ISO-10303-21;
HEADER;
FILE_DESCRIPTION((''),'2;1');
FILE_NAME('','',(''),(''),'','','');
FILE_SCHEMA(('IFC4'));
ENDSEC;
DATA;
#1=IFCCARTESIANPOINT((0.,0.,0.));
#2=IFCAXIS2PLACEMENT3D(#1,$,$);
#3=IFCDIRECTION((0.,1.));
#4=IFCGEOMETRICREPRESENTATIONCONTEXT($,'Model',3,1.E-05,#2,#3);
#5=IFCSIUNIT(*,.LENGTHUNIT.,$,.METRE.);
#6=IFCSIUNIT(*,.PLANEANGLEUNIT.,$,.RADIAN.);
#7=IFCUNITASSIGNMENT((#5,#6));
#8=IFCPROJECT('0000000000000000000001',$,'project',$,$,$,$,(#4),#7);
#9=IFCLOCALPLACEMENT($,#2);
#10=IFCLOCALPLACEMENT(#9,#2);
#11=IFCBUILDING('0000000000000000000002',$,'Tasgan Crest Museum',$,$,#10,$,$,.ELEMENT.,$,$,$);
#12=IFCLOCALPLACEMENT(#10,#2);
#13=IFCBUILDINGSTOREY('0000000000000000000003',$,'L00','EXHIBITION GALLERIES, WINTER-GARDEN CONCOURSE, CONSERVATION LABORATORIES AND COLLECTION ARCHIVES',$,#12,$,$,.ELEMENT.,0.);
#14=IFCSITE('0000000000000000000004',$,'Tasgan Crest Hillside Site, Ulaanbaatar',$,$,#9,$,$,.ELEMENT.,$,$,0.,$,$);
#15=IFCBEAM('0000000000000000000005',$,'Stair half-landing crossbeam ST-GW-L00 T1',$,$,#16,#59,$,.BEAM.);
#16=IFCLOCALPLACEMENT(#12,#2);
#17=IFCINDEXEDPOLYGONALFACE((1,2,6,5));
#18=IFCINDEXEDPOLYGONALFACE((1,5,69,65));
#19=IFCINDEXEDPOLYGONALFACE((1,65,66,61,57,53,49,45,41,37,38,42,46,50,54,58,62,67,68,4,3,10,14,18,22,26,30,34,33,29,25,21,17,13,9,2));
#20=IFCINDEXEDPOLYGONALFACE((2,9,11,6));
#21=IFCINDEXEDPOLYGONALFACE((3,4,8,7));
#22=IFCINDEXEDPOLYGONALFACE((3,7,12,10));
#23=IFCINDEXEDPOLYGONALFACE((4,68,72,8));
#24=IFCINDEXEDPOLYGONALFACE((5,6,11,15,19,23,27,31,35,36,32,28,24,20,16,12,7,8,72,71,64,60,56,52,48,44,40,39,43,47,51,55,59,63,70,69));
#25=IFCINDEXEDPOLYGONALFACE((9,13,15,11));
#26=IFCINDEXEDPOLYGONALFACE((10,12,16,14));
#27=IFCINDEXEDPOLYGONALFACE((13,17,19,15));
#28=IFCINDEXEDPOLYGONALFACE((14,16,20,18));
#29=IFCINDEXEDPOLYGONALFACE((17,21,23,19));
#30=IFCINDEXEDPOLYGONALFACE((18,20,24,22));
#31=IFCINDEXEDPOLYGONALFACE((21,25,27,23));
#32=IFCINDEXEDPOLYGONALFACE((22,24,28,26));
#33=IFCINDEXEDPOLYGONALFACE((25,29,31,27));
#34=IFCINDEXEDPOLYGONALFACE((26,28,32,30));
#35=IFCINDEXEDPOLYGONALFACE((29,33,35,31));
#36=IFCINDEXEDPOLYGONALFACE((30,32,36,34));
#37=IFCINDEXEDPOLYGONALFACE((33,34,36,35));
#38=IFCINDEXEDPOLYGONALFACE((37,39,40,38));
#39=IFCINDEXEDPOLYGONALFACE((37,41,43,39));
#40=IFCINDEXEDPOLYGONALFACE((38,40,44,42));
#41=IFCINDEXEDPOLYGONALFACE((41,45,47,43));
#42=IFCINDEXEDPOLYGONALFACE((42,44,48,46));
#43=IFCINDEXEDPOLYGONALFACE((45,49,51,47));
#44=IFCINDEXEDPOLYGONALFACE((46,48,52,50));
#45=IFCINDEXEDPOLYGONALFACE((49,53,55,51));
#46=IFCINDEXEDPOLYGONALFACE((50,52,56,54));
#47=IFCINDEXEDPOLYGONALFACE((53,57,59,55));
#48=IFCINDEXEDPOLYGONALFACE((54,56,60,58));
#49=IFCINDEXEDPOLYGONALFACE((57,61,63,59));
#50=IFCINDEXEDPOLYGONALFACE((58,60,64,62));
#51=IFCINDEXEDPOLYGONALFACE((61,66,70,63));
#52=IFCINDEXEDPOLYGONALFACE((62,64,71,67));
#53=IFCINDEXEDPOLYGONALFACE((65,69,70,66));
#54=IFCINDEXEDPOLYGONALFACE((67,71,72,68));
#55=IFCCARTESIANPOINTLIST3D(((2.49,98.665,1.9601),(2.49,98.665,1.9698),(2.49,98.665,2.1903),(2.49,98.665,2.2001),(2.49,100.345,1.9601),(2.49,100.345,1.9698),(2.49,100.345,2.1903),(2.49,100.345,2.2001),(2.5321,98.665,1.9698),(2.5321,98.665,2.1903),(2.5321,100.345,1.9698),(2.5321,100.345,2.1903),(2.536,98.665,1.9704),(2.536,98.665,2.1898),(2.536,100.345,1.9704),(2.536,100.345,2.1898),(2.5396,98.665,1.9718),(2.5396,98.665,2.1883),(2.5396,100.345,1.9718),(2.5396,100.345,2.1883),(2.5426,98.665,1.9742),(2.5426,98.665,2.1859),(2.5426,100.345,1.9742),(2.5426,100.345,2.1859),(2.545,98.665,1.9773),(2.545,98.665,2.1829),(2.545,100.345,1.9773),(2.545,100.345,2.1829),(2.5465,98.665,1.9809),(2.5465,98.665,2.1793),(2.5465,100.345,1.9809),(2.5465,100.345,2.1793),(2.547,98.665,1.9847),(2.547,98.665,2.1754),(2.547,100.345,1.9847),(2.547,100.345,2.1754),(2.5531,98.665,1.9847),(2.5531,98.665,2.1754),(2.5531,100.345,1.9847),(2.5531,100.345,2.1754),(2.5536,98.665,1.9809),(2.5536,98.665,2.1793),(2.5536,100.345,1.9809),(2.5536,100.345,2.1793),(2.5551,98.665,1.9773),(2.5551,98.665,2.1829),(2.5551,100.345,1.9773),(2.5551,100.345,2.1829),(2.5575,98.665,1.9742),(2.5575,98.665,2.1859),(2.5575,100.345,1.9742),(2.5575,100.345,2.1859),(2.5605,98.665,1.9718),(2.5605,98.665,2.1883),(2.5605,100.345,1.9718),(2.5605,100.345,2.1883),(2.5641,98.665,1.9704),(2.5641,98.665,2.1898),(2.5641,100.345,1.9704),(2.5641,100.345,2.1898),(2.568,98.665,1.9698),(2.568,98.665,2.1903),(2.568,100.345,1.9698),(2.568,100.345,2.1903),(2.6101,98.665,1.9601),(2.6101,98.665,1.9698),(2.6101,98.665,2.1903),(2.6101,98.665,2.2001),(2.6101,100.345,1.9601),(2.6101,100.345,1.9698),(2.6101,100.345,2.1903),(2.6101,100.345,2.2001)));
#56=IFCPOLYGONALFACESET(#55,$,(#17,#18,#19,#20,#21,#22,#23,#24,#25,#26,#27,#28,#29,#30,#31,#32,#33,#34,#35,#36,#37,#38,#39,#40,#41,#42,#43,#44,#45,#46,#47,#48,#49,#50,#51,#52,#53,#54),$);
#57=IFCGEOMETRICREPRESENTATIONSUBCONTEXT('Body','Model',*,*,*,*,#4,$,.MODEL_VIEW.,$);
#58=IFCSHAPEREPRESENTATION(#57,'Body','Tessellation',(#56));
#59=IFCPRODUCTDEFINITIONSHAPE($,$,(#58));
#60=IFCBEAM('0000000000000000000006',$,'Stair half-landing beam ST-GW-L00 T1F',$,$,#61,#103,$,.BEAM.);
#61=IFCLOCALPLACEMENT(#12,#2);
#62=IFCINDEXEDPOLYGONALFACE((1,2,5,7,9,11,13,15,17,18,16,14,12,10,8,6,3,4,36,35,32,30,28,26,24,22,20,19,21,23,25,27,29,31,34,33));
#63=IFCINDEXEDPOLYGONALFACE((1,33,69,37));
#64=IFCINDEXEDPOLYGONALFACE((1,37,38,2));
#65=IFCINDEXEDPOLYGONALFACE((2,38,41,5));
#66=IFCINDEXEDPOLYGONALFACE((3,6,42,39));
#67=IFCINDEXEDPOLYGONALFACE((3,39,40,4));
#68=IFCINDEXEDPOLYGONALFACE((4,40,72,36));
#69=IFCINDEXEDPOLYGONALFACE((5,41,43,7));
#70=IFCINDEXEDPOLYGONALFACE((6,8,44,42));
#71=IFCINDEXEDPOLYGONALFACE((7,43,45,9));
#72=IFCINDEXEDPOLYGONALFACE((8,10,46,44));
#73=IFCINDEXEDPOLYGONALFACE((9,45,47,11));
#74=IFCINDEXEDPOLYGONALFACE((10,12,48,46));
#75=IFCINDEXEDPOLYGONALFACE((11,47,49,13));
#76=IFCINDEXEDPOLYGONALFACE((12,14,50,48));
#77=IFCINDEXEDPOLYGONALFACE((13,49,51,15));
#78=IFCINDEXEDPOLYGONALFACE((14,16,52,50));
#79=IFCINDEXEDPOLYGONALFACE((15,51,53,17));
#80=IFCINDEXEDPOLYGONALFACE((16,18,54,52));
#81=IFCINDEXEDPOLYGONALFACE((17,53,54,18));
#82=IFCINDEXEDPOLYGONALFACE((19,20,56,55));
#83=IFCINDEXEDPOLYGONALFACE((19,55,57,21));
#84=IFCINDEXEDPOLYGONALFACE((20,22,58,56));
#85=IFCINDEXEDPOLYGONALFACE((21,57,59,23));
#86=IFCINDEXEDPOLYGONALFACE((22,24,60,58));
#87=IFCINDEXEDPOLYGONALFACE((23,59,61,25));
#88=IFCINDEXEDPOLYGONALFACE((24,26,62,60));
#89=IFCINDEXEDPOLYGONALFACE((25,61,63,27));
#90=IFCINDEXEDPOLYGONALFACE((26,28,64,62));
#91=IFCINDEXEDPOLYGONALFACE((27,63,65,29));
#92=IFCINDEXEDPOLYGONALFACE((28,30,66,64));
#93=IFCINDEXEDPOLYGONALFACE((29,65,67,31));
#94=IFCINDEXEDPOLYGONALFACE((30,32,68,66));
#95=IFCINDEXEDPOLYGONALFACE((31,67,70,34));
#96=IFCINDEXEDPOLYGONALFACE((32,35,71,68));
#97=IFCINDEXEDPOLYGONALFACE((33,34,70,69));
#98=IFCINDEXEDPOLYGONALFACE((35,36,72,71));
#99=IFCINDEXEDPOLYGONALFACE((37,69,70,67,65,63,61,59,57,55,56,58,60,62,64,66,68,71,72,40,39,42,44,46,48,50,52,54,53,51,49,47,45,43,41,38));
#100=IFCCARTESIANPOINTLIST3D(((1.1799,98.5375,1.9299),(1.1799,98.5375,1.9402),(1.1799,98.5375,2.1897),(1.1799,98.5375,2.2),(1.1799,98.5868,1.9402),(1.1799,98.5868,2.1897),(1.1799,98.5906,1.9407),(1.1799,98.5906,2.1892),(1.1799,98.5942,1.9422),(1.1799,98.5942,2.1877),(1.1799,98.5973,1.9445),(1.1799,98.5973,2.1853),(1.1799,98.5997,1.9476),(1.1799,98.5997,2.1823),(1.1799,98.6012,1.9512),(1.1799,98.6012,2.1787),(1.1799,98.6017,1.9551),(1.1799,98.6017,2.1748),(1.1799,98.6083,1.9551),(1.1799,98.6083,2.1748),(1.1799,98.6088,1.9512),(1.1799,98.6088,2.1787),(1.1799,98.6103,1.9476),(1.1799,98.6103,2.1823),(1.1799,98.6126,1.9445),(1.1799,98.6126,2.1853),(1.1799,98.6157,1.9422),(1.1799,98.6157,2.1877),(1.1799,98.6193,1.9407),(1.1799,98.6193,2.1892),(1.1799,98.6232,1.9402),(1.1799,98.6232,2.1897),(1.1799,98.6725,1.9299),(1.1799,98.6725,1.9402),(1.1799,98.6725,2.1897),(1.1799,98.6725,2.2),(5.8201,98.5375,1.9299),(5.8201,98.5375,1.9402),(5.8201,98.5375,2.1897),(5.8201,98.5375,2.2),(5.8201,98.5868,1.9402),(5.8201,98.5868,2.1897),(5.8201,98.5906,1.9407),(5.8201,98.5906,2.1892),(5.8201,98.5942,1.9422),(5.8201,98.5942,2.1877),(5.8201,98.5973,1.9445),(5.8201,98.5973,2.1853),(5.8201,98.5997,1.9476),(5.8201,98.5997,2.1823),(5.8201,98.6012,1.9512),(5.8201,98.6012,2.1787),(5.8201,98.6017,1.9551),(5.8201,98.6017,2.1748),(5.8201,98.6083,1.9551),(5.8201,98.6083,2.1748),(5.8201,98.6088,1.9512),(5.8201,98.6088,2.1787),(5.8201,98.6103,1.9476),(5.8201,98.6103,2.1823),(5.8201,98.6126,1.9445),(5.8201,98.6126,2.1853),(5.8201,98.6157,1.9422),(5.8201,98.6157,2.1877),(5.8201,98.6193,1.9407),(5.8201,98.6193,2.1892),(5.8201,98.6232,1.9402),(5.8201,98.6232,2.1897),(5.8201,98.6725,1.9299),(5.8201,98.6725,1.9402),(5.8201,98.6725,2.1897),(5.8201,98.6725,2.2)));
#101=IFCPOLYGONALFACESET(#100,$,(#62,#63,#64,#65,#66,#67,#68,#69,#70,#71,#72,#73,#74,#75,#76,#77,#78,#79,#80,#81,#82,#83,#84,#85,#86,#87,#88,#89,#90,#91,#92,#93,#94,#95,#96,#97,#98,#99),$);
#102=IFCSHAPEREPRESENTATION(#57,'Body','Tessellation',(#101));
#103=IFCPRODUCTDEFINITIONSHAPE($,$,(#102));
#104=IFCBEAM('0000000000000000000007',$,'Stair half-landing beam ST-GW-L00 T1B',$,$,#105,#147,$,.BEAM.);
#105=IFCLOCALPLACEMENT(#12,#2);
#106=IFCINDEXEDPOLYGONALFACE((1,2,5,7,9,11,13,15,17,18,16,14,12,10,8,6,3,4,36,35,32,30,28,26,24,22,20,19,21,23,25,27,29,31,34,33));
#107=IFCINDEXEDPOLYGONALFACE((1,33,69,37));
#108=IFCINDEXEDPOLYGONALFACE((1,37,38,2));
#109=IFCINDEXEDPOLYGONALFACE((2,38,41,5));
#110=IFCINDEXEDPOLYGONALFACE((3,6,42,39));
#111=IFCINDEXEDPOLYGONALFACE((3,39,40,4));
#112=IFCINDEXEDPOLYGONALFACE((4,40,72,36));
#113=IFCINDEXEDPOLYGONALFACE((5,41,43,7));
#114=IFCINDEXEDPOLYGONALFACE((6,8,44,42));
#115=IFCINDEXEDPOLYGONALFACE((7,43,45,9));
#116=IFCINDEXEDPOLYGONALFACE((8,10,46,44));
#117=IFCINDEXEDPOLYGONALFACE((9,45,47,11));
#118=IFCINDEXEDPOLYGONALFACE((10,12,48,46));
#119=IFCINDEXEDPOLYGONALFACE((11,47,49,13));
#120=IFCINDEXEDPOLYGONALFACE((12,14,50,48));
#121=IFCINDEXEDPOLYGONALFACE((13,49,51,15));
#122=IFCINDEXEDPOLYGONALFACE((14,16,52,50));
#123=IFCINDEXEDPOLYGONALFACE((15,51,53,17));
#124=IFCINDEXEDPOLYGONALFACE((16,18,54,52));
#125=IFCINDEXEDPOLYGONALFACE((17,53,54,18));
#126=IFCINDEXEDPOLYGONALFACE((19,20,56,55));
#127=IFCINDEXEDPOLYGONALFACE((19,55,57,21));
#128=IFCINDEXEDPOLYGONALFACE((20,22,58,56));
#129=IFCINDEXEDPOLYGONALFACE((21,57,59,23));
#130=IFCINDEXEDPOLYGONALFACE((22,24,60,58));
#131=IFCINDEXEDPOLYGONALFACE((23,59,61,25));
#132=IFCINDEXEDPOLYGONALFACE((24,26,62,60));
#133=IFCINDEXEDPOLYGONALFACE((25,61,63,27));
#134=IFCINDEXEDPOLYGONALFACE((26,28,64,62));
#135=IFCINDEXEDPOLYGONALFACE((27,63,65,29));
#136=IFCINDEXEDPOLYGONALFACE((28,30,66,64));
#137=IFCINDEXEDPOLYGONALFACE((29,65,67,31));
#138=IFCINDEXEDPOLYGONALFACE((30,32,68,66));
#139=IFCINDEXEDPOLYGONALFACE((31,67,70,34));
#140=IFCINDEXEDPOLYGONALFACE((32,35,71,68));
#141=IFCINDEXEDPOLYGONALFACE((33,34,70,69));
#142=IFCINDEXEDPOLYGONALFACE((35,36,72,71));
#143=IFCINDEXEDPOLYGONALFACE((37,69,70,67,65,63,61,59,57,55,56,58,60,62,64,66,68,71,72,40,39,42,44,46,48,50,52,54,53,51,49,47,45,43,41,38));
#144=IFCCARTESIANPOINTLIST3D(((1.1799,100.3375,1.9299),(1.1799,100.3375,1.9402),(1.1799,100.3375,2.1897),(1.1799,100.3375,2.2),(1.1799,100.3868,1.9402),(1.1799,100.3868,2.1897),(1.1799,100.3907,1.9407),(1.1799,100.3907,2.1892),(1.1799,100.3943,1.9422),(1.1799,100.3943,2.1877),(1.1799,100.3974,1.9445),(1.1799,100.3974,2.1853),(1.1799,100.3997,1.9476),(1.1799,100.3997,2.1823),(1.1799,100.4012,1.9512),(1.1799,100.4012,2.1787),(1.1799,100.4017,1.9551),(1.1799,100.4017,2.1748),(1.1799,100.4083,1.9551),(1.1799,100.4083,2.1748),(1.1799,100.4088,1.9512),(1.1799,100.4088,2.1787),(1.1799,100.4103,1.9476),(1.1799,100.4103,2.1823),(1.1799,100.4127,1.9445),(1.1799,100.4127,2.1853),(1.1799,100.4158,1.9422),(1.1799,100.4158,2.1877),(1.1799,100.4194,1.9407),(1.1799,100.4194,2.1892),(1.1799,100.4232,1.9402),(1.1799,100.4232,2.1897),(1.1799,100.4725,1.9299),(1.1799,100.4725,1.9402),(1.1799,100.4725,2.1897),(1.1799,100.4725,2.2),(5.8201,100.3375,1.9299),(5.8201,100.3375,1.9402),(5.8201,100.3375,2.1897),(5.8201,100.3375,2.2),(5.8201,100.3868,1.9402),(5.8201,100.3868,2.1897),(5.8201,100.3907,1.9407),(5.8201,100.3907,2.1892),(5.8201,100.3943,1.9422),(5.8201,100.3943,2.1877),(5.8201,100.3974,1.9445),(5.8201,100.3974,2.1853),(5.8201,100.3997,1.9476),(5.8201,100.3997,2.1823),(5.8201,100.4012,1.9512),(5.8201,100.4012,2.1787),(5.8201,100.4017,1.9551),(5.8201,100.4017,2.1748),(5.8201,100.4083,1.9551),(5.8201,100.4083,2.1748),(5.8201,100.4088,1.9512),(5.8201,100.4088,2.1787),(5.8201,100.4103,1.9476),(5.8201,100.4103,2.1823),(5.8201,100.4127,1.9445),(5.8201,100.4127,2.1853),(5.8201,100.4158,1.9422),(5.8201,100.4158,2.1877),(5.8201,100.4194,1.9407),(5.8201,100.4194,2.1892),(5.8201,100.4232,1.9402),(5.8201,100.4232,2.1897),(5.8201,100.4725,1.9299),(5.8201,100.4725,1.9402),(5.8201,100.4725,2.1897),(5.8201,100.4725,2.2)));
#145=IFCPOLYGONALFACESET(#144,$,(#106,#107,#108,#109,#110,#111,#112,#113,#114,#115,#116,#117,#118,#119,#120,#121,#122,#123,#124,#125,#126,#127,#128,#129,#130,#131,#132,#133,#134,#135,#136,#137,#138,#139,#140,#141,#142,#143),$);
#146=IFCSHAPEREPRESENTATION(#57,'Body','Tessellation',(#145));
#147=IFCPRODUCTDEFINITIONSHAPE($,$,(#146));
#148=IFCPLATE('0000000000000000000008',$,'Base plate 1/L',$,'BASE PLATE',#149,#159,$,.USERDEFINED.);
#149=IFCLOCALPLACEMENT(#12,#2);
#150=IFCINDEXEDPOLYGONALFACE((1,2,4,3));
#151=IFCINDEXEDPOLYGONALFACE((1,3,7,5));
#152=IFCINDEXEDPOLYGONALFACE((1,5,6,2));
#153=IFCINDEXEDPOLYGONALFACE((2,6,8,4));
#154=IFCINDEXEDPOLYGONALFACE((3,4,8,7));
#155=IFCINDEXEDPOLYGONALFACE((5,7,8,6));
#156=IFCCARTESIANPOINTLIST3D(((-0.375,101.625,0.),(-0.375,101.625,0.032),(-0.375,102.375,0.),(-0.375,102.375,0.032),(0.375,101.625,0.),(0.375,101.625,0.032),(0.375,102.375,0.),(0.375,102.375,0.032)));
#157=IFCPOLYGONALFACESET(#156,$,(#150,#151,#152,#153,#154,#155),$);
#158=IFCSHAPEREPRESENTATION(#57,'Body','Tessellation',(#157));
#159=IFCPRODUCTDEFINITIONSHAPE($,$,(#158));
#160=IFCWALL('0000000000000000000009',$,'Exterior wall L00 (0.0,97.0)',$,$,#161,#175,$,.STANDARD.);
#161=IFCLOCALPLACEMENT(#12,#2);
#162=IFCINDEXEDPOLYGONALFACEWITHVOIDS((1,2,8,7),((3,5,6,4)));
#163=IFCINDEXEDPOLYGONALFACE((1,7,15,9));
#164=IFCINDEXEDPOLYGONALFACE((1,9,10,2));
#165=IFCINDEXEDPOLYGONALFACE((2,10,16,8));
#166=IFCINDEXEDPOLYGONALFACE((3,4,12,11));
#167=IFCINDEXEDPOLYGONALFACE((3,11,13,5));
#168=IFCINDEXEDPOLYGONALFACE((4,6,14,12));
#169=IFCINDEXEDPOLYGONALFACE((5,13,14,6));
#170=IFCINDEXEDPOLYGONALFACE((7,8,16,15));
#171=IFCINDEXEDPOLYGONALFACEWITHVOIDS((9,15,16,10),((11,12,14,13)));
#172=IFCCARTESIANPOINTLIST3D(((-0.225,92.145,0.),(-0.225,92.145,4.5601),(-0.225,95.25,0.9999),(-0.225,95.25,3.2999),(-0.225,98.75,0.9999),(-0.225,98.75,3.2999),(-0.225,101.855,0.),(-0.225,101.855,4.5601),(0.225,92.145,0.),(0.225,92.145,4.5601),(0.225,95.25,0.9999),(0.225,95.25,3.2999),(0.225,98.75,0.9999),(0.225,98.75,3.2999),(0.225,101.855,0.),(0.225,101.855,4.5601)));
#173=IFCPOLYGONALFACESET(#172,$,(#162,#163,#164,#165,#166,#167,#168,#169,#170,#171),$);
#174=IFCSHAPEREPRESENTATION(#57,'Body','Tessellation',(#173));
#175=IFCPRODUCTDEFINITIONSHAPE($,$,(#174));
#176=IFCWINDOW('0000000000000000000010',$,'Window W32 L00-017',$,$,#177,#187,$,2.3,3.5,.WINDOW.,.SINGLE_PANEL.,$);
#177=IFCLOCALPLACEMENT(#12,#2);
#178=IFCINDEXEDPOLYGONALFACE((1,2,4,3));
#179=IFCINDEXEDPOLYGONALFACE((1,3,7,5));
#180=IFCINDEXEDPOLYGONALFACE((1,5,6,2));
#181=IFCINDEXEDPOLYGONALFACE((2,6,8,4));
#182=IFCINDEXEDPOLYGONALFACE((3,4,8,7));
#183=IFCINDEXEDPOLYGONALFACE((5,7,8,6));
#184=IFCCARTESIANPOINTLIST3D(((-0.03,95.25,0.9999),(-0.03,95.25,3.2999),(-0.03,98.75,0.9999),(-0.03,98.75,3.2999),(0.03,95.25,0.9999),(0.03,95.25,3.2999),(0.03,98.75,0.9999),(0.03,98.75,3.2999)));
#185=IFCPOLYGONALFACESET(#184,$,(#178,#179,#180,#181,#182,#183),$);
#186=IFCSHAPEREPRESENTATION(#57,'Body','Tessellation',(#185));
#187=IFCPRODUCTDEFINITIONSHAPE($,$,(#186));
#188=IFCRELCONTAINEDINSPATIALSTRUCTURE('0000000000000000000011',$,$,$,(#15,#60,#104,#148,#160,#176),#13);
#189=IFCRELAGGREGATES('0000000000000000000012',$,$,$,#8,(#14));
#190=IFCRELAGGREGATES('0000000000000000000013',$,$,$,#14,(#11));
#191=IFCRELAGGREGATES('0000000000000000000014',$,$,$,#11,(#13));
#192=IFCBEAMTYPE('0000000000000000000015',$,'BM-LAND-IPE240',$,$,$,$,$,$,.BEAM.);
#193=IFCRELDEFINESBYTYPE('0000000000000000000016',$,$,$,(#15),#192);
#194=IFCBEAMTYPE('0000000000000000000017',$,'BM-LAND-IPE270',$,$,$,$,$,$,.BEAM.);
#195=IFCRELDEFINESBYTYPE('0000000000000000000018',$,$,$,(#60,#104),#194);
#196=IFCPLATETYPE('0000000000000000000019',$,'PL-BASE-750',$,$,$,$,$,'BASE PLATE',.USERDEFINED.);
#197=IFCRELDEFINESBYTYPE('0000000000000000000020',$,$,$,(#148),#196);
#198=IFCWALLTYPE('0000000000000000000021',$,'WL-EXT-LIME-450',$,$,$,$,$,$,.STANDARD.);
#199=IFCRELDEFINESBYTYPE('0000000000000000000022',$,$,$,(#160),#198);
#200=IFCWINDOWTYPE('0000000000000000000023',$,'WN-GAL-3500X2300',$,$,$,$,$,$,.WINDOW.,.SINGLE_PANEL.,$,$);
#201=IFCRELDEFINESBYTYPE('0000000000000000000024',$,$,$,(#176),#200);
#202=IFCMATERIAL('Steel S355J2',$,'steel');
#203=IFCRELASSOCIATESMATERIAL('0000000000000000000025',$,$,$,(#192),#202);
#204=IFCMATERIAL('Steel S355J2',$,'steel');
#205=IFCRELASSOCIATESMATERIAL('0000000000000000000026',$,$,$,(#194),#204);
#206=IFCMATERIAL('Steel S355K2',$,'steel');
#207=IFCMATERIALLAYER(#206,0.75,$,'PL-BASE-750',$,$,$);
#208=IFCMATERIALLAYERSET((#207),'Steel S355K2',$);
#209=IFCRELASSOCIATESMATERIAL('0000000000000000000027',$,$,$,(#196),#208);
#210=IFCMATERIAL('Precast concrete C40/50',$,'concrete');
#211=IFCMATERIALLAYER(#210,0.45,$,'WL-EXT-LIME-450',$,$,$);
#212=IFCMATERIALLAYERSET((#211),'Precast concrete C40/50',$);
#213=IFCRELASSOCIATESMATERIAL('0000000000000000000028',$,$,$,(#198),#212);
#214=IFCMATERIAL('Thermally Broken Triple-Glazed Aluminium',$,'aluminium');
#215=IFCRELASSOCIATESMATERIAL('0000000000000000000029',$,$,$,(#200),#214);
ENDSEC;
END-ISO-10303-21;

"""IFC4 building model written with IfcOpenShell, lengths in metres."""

from ifc_helpers import new_model, si_unit, direction, frame, frame_2d, origin, origin_2d, place, context, subcontext, project, spatial, rectangle, i_section, extrude, material, layer, layer_set, material_profile, profile_set, type_object, element, fill, save


model = new_model("IFC4")

# Units and contexts
model_context = context("Model", 3, precision=1e-05, world=origin(), true_north=direction((0.0, 1.0)))
body_context = subcontext(model_context, "Body", "Model", "MODEL_VIEW")
ifc_project = project(units=[si_unit("LENGTHUNIT", "METRE"), si_unit("PLANEANGLEUNIT", "RADIAN")], contexts=[model_context])

# Site, building, storey
site_placement = place(None, origin())
site = spatial("IfcSite", under=ifc_project, at=site_placement, Name="Tasgan Crest Hillside Site, Ulaanbaatar", CompositionType="ELEMENT", RefElevation=0.0)
building_placement = place(site_placement, origin())
building = spatial("IfcBuilding", under=site, at=building_placement, Name="Tasgan Crest Museum", CompositionType="ELEMENT")
storey_placement = place(building_placement, origin())
storey = spatial("IfcBuildingStorey", under=building, at=storey_placement, Name="L00", Description="EXHIBITION GALLERIES, WINTER-GARDEN CONCOURSE, CONSERVATION LABORATORIES AND COLLECTION ARCHIVES", CompositionType="ELEMENT", Elevation=0.0)

# Beams
ifc_material_1 = material(Name="Steel S355J2", Category="steel")
ifc_material_profile_1 = material_profile(ifc_material_1, i_section(OverallWidth=0.1201, OverallDepth=0.24, WebThickness=0.0061, FlangeThickness=0.0098, FilletRadius=0.0149, at=origin_2d()), Name="IPE 240")
ifc_profile_set_1 = profile_set([ifc_material_profile_1], Name="Steel S355J2")
beam_type_1 = type_object("IfcBeamType", Name="BM-LAND-IPE240", PredefinedType="BEAM", material=ifc_profile_set_1)
beam_placement = place(storey_placement, frame((2.55, 98.665, 2.0801), z_axis=(0.0, 1.0, 0.0), x_axis=(-1.0, 0.0, 0.0)))
element("IfcBeam", 1, at=beam_placement, inside=storey, type_object=beam_type_1, Name="Stair half-landing crossbeam ST-GW-L00 T1", PredefinedType="BEAM", context=body_context, shape_type="SweptSolid", body=[
    extrude(i_section(OverallWidth=0.1201, OverallDepth=0.24, WebThickness=0.0061, FlangeThickness=0.0098, FilletRadius=0.0149, at=origin_2d()), origin(), (0.0, 0.0, 1.0), 1.6799),
])
ifc_material_2 = material(Name="Steel S355J2", Category="steel")
ifc_material_profile_2 = material_profile(ifc_material_2, i_section(OverallWidth=0.135, OverallDepth=0.27, WebThickness=0.0066, FlangeThickness=0.0103, FilletRadius=0.0149, at=origin_2d()), Name="IPE 270")
ifc_profile_set_2 = profile_set([ifc_material_profile_2], Name="Steel S355J2")
beam_type_2 = type_object("IfcBeamType", Name="BM-LAND-IPE270", PredefinedType="BEAM", material=ifc_profile_set_2)
for number, where, z_axis, x_axis, name in (
    (2, (1.1799, 98.605, 2.0649), (1.0, 0.0, 0.0), (0.0, 1.0, 0.0), "Stair half-landing beam ST-GW-L00 T1F"),
    (3, (1.1799, 100.405, 2.0649), (1.0, 0.0, 0.0), (0.0, 1.0, 0.0), "Stair half-landing beam ST-GW-L00 T1B"),
):
    element("IfcBeam", number, at=place(storey_placement, frame(where, z_axis=z_axis, x_axis=x_axis)), inside=storey, type_object=beam_type_2, Name=name, PredefinedType="BEAM", context=body_context, shape_type="SweptSolid", body=[
        extrude(i_section(OverallWidth=0.135, OverallDepth=0.27, WebThickness=0.0066, FlangeThickness=0.0103, FilletRadius=0.0149, at=origin_2d()), origin(), (0.0, 0.0, 1.0), 4.6401),
    ])

# Plate
ifc_material_3 = material(Name="Steel S355K2", Category="steel")
ifc_layer_1 = layer(ifc_material_3, 0.75, Name="PL-BASE-750")
ifc_layer_set_1 = layer_set([ifc_layer_1], Name="Steel S355K2")
plate_type = type_object("IfcPlateType", Name="PL-BASE-750", ElementType="BASE PLATE", PredefinedType="USERDEFINED", material=ifc_layer_set_1)
plate_placement = place(storey_placement, frame((0.0, 102.0, 0.0), z_axis=(0.0, 0.0, 1.0), x_axis=(1.0, 0.0, 0.0)))
element("IfcPlate", 4, at=plate_placement, inside=storey, type_object=plate_type, Name="Base plate 1/L", ObjectType="BASE PLATE", PredefinedType="USERDEFINED", context=body_context, shape_type="SweptSolid", body=[
    extrude(rectangle(XDim=0.75, YDim=0.75, at=origin_2d()), origin(), (0.0, 0.0, 1.0), 0.032),
])

# Wall, opening, window
ifc_material_4 = material(Name="Precast concrete C40/50", Category="concrete")
ifc_layer_2 = layer(ifc_material_4, 0.45, Name="WL-EXT-LIME-450")
ifc_layer_set_2 = layer_set([ifc_layer_2], Name="Precast concrete C40/50")
wall_type_1 = type_object("IfcWallType", Name="WL-EXT-LIME-450", PredefinedType="STANDARD", material=ifc_layer_set_2)
wall_1_placement = place(storey_placement, frame((0.0, 101.855, 0.0), z_axis=(0.0, 0.0, 1.0), x_axis=(0.0, -1.0, 0.0)))
wall_1 = element("IfcWall", 5, at=wall_1_placement, inside=storey, type_object=wall_type_1, Name="Exterior wall L00 (0.0,97.0)", PredefinedType="STANDARD", context=body_context, shape_type="SweptSolid", body=[
    extrude(rectangle(XDim=9.71, YDim=0.45, at=frame_2d((4.855, 0.0))), origin(), (0.0, 0.0, 1.0), 4.5601),
])
opening_placement = place(wall_1_placement, frame((3.105, 0.0, 1.0)))
opening = element("IfcOpeningElement", 6, at=opening_placement, cuts=wall_1, PredefinedType="OPENING", context=body_context, shape_type="SweptSolid", body=[
    extrude(rectangle(XDim=3.5, YDim=2.3, at=frame_2d((1.75, 1.1499))), frame((0.0, 0.2349, 0.0), z_axis=(0.0, -1.0, 0.0), x_axis=(1.0, 0.0, 0.0)), (0.0, 0.0, 1.0), 0.47),
])
ifc_material_5 = material(Name="Thermally Broken Triple-Glazed Aluminium", Category="aluminium")
window_type = type_object("IfcWindowType", Name="WN-GAL-3500X2300", PartitioningType="SINGLE_PANEL", PredefinedType="WINDOW", material=ifc_material_5)
window_placement = place(opening_placement, origin())
window = element("IfcWindow", 7, at=window_placement, inside=storey, type_object=window_type, Name="Window W32 L00-017", OverallHeight=2.3, OverallWidth=3.5, PartitioningType="SINGLE_PANEL", PredefinedType="WINDOW", context=body_context, shape_type="SweptSolid", body=[
    extrude(rectangle(XDim=3.5, YDim=2.3, at=frame_2d((1.75, 1.1499))), frame((0.0, 0.03, 0.0), z_axis=(0.0, -1.0, 0.0), x_axis=(1.0, 0.0, 0.0)), (0.0, 0.0, 1.0), 0.0601),
])
fill(opening, window)

save(model, "model.ifc")
